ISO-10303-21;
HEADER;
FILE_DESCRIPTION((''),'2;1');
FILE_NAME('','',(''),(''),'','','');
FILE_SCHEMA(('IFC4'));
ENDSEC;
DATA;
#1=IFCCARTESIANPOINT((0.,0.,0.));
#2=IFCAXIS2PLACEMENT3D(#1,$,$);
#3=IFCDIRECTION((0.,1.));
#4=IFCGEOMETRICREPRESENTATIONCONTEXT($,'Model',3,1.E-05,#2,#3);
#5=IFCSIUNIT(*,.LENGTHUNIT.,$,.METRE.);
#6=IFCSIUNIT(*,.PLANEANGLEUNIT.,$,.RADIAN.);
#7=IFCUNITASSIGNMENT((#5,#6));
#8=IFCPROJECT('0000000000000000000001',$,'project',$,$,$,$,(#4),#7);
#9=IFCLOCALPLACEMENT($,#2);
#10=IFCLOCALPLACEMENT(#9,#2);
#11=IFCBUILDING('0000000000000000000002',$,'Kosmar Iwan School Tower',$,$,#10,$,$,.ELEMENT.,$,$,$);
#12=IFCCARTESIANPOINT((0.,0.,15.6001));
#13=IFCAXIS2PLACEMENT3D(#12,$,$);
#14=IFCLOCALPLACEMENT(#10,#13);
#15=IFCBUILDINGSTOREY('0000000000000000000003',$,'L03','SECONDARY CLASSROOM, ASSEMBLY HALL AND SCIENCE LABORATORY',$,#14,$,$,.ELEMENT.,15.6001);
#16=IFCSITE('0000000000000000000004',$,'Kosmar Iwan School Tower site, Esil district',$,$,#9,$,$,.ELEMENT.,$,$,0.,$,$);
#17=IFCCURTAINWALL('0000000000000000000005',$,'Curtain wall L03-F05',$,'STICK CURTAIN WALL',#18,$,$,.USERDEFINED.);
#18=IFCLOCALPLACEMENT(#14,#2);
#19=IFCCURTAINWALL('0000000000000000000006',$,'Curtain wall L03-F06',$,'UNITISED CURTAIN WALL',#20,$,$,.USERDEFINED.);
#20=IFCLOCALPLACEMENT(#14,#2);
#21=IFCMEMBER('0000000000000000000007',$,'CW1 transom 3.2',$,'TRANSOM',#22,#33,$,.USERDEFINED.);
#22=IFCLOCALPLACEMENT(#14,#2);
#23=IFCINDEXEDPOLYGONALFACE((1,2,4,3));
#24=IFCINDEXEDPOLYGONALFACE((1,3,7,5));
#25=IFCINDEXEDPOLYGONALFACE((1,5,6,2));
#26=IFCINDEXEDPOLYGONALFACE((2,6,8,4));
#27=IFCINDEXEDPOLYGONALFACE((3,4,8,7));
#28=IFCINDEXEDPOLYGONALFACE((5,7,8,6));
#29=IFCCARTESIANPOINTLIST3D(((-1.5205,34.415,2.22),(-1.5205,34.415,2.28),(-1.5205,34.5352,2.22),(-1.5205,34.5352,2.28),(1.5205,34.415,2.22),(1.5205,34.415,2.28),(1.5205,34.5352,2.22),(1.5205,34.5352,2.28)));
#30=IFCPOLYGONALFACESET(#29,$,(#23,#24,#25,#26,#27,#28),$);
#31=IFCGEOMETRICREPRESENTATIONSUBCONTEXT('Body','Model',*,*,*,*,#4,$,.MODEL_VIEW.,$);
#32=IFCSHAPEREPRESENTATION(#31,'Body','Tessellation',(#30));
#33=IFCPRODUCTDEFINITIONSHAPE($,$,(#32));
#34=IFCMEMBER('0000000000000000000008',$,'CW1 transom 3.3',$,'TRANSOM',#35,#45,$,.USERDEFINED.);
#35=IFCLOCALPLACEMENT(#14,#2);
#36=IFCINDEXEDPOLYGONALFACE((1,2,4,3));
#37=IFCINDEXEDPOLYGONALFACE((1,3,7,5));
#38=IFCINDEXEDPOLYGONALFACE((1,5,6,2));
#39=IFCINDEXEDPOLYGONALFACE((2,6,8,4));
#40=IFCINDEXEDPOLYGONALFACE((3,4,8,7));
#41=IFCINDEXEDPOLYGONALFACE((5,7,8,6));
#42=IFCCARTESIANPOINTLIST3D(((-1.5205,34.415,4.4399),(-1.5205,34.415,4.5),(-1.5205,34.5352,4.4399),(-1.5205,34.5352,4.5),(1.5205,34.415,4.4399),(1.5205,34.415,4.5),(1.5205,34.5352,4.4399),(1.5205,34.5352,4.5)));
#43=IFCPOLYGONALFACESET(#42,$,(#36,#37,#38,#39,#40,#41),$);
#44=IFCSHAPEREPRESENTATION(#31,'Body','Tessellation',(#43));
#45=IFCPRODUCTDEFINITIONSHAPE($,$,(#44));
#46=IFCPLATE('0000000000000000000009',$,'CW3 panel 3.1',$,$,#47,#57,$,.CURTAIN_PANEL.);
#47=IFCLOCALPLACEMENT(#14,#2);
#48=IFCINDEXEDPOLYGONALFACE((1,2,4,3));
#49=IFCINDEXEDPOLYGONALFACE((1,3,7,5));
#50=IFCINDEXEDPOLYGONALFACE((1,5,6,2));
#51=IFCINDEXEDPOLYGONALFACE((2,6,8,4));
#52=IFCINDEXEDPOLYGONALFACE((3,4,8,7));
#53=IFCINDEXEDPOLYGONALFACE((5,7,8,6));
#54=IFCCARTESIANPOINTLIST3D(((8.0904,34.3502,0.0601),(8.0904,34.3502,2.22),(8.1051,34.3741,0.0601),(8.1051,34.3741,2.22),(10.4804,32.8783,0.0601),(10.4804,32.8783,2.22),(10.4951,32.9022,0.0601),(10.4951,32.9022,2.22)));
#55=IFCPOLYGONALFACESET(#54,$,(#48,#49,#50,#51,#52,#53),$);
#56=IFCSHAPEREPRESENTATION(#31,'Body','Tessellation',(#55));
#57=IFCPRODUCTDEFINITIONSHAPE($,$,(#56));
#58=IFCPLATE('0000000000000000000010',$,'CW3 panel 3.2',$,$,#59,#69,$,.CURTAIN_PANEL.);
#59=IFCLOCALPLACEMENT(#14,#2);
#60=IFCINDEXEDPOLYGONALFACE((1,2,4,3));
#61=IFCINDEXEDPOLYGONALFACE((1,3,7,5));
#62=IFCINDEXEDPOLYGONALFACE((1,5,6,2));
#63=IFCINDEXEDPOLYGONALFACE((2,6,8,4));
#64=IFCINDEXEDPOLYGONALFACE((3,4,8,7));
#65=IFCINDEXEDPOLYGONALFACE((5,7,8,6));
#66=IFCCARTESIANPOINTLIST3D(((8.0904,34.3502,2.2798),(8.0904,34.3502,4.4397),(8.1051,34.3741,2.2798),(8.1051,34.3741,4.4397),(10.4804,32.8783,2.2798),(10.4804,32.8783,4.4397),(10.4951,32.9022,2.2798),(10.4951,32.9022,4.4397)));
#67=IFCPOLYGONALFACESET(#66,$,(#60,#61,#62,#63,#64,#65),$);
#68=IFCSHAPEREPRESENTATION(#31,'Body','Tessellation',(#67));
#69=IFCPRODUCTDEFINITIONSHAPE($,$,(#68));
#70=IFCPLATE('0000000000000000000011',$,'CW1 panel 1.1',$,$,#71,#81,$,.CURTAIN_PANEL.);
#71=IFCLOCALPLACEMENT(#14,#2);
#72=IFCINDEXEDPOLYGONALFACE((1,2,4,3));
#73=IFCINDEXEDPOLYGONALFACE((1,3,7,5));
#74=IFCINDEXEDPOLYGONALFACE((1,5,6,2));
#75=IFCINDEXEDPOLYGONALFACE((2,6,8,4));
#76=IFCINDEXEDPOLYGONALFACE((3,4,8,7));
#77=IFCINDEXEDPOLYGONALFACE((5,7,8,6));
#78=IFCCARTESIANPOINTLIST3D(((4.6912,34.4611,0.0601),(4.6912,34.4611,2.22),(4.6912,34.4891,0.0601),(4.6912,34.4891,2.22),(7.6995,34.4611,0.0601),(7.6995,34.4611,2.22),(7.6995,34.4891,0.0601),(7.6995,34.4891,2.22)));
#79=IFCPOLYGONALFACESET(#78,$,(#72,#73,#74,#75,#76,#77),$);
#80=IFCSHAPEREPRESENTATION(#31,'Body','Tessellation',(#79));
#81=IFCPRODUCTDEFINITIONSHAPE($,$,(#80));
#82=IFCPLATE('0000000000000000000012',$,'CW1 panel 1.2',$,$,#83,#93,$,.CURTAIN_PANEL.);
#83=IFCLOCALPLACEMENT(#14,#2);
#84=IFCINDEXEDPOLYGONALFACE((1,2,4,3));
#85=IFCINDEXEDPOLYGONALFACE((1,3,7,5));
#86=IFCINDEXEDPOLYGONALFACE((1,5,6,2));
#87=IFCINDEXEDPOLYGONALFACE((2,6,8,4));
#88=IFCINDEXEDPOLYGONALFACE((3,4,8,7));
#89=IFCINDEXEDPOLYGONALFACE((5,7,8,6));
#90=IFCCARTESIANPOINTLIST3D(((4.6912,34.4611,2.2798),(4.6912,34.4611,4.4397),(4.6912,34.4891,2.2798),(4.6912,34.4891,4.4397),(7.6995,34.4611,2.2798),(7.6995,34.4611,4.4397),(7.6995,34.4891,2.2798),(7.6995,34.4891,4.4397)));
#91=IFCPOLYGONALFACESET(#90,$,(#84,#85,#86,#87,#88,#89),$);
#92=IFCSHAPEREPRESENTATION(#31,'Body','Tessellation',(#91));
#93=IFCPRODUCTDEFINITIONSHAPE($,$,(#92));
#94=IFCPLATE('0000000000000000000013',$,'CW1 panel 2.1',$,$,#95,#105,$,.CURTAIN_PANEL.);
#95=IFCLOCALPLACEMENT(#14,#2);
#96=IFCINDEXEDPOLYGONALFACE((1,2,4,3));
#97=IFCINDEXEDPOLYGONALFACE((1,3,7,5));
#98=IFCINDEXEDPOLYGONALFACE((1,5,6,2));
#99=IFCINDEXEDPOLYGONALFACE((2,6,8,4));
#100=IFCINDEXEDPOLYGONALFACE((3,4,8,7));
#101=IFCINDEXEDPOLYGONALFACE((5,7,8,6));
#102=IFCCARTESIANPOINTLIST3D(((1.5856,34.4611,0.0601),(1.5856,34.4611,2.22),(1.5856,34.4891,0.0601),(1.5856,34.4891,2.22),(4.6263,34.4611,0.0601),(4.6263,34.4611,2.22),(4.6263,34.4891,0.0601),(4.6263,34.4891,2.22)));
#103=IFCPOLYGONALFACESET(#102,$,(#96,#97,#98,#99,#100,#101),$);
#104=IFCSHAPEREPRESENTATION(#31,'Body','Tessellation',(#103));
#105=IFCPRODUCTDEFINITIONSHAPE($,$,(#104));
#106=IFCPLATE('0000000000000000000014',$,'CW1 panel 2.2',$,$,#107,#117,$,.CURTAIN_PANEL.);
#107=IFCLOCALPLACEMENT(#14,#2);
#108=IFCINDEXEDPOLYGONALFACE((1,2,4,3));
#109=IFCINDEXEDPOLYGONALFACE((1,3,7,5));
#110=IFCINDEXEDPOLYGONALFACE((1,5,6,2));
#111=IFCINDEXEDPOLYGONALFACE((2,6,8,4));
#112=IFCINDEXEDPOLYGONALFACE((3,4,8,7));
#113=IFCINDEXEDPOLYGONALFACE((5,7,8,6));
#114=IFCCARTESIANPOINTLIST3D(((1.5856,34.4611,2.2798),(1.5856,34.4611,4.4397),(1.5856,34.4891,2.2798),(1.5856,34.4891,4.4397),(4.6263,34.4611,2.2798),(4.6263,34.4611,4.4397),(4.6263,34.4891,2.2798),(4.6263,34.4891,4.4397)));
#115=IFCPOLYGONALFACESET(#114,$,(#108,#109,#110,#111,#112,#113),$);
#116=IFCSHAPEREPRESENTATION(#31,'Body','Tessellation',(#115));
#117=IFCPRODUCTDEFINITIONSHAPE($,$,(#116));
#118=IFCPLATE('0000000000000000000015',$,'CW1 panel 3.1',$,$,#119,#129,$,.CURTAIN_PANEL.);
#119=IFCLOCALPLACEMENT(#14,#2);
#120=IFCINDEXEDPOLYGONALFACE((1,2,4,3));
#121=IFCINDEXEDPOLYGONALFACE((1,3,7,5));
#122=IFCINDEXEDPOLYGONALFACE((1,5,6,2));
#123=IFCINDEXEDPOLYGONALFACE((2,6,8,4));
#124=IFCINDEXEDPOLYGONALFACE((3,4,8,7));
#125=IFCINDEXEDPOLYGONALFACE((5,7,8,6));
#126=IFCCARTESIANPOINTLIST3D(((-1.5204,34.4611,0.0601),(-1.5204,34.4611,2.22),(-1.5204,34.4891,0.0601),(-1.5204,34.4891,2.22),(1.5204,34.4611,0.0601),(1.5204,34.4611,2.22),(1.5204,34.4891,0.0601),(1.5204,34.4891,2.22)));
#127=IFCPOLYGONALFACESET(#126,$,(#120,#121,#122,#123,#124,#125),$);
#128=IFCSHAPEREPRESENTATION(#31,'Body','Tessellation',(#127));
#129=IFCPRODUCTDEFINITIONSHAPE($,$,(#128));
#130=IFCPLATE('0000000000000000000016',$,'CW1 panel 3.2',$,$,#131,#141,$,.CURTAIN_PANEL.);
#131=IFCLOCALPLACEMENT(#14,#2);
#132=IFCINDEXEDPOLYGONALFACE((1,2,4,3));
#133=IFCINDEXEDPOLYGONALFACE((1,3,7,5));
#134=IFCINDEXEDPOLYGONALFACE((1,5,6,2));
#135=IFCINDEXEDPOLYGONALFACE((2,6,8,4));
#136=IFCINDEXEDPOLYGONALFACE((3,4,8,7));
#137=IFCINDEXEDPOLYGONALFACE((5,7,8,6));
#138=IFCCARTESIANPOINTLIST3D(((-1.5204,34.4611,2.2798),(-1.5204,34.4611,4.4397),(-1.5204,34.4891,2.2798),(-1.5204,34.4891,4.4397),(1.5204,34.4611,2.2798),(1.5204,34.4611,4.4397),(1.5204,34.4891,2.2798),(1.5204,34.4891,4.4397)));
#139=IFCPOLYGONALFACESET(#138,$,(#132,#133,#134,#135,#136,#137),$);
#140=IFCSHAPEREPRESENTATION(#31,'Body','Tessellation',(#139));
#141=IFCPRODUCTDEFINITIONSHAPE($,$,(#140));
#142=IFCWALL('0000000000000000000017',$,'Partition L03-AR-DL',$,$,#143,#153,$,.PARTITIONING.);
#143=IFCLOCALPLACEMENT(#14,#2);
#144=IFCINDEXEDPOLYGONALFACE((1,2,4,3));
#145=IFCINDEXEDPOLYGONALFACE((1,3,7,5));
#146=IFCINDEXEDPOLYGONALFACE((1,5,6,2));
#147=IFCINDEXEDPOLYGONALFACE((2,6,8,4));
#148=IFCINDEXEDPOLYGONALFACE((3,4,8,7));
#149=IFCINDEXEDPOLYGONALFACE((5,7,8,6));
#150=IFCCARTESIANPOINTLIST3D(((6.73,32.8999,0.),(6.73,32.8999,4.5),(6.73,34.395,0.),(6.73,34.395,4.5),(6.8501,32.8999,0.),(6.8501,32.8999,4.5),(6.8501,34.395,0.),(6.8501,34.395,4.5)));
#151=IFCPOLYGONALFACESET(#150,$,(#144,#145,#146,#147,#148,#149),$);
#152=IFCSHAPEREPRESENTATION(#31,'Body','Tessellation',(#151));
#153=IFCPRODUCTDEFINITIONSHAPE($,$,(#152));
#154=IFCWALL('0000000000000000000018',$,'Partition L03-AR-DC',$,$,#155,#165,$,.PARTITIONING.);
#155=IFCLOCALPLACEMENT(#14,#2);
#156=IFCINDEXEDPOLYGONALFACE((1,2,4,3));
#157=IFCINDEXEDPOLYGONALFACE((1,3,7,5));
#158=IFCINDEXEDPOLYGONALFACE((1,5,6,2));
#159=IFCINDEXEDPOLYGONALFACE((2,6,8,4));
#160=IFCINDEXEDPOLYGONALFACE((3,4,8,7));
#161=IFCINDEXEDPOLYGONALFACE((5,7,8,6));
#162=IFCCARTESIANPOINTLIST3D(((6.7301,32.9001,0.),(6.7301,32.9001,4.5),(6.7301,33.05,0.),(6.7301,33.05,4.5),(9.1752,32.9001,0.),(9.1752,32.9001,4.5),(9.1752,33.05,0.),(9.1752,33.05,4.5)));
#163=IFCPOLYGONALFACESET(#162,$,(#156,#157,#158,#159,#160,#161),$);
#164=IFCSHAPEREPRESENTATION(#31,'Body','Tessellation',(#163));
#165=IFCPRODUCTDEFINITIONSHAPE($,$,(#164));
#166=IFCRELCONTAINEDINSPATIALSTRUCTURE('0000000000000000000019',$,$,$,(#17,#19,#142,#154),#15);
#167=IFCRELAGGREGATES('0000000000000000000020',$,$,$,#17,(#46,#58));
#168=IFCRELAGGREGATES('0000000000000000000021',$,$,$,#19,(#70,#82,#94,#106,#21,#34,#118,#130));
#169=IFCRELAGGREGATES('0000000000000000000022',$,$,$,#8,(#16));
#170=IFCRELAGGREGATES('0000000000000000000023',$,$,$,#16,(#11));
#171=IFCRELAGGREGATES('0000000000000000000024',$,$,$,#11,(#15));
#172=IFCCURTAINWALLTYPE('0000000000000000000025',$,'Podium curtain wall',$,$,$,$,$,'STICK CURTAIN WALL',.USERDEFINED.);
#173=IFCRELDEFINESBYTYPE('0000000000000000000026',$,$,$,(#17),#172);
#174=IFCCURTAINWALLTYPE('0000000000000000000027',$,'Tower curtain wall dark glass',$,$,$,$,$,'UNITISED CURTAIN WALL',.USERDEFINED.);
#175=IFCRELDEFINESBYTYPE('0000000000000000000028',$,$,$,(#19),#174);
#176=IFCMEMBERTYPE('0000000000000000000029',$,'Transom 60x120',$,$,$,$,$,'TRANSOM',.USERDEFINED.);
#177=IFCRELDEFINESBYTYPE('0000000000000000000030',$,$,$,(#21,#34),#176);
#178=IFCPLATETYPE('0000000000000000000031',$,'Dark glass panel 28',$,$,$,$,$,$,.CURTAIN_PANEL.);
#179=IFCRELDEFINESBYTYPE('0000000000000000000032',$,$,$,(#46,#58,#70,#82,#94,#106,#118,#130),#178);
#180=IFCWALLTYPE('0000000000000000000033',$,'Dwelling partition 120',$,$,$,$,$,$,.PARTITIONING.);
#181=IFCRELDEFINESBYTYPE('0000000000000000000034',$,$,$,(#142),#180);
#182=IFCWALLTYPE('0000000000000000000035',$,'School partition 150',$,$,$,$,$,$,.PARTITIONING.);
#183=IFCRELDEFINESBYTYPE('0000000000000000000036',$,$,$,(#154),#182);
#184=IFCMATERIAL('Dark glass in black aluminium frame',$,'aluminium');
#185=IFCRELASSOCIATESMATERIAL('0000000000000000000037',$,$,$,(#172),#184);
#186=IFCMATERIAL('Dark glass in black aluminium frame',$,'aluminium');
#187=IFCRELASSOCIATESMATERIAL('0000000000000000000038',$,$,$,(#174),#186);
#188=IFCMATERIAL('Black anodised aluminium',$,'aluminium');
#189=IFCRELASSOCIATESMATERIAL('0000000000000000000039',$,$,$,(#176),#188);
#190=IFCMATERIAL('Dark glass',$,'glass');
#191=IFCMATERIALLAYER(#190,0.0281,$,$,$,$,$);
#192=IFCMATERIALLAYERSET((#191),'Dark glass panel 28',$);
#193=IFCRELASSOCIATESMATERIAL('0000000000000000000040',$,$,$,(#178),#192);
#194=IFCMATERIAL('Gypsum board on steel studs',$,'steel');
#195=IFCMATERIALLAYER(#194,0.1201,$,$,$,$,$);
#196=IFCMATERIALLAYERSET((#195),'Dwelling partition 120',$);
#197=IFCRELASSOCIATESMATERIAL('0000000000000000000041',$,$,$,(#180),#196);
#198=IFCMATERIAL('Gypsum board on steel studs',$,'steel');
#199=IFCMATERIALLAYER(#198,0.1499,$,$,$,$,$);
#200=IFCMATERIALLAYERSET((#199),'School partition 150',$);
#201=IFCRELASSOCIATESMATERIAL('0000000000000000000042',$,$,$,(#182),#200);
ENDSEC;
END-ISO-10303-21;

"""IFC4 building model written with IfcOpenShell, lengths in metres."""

from ifc_helpers import new_model, si_unit, direction, frame, frame_2d, origin, origin_2d, place, context, subcontext, project, spatial, rectangle, extrude, material, layer, layer_set, material_profile, profile_set, type_object, element, aggregate, save


model = new_model("IFC4")

# Units and contexts
model_context = context("Model", 3, precision=1e-05, world=origin(), true_north=direction((0.0, 1.0)))
body_context = subcontext(model_context, "Body", "Model", "MODEL_VIEW")
ifc_project = project(units=[si_unit("LENGTHUNIT", "METRE"), si_unit("PLANEANGLEUNIT", "RADIAN")], contexts=[model_context])

# Site, building, storey
site_placement = place(None, origin())
site = spatial("IfcSite", under=ifc_project, at=site_placement, Name="Kosmar Iwan School Tower site, Esil district", CompositionType="ELEMENT", RefElevation=0.0)
building_placement = place(site_placement, origin())
building = spatial("IfcBuilding", under=site, at=building_placement, Name="Kosmar Iwan School Tower", CompositionType="ELEMENT")
storey_placement = place(building_placement, frame((0.0, 0.0, 15.6001)))
storey = spatial("IfcBuildingStorey", under=building, at=storey_placement, Name="L03", Description="SECONDARY CLASSROOM, ASSEMBLY HALL AND SCIENCE LABORATORY", CompositionType="ELEMENT", Elevation=15.6001)

# Curtain wall
ifc_material_1 = material(Name="Dark glass in black aluminium frame", Category="aluminium")
curtain_wall_type_1 = type_object("IfcCurtainWallType", Name="Podium curtain wall", ElementType="STICK CURTAIN WALL", PredefinedType="USERDEFINED", material=ifc_material_1)
curtain_wall_1_placement = place(storey_placement, origin())
curtain_wall_1 = element("IfcCurtainWall", 1, at=curtain_wall_1_placement, inside=storey, type_object=curtain_wall_type_1, Name="Curtain wall L03-F05", ObjectType="STICK CURTAIN WALL", PredefinedType="USERDEFINED")

# Curtain wall
ifc_material_2 = material(Name="Dark glass in black aluminium frame", Category="aluminium")
curtain_wall_type_2 = type_object("IfcCurtainWallType", Name="Tower curtain wall dark glass", ElementType="UNITISED CURTAIN WALL", PredefinedType="USERDEFINED", material=ifc_material_2)
curtain_wall_2_placement = place(storey_placement, origin())
curtain_wall_2 = element("IfcCurtainWall", 2, at=curtain_wall_2_placement, inside=storey, type_object=curtain_wall_type_2, Name="Curtain wall L03-F06", ObjectType="UNITISED CURTAIN WALL", PredefinedType="USERDEFINED")

# Members
ifc_material_3 = material(Name="Black anodised aluminium", Category="aluminium")
ifc_material_profile_1 = material_profile(ifc_material_3, rectangle(XDim=0.1201, YDim=0.0601, at=origin_2d()), Name="TRANSOM 60x120")
ifc_profile_set_1 = profile_set([ifc_material_profile_1], Name="Black anodised aluminium")
member_type_1 = type_object("IfcMemberType", Name="Transom 60x120", ElementType="TRANSOM", PredefinedType="USERDEFINED", material=ifc_profile_set_1)
member_1_placement = place(storey_placement, frame((1.5205, 34.4751, 2.25), z_axis=(-1.0, 0.0, 0.0), x_axis=(0.0, -1.0, 0.0)))
member_1 = element("IfcMember", 3, at=member_1_placement, type_object=member_type_1, Name="CW1 transom 3.2", ObjectType="TRANSOM", PredefinedType="USERDEFINED", context=body_context, shape_type="SweptSolid", body=[
    extrude(rectangle(XDim=0.1201, YDim=0.0601, at=origin_2d()), origin(), (0.0, 0.0, 1.0), 3.041),
])
member_2_placement = place(storey_placement, frame((1.5205, 34.4751, 4.47), z_axis=(-1.0, 0.0, 0.0), x_axis=(0.0, -1.0, 0.0)))
member_2 = element("IfcMember", 4, at=member_2_placement, type_object=member_type_1, Name="CW1 transom 3.3", ObjectType="TRANSOM", PredefinedType="USERDEFINED", context=body_context, shape_type="SweptSolid", body=[
    extrude(rectangle(XDim=0.1201, YDim=0.0601, at=origin_2d()), origin(), (0.0, 0.0, 1.0), 3.041),
])

# Plates
ifc_material_4 = material(Name="Dark glass", Category="glass")
ifc_layer_1 = layer(ifc_material_4, 0.0281)
ifc_layer_set_1 = layer_set([ifc_layer_1], Name="Dark glass panel 28")
plate_type = type_object("IfcPlateType", Name="Dark glass panel 28", PredefinedType="CURTAIN_PANEL", material=ifc_layer_set_1)
plate_1_placement = place(storey_placement, frame((9.2927, 33.6262, 0.0601), z_axis=(0.0, 0.0, 1.0), x_axis=(-0.851483, 0.524382, 0.0)))
plate_1 = element("IfcPlate", 5, at=plate_1_placement, type_object=plate_type, Name="CW3 panel 3.1", PredefinedType="CURTAIN_PANEL", context=body_context, shape_type="SweptSolid", body=[
    extrude(rectangle(XDim=2.8069, YDim=0.0281, at=origin_2d()), origin(), (0.0, 0.0, 1.0), 2.1599),
])
plate_2_placement = place(storey_placement, frame((9.2927, 33.6262, 2.2798), z_axis=(0.0, 0.0, 1.0), x_axis=(-0.851483, 0.524382, 0.0)))
plate_2 = element("IfcPlate", 6, at=plate_2_placement, type_object=plate_type, Name="CW3 panel 3.2", PredefinedType="CURTAIN_PANEL", context=body_context, shape_type="SweptSolid", body=[
    extrude(rectangle(XDim=2.8069, YDim=0.0281, at=origin_2d()), origin(), (0.0, 0.0, 1.0), 2.1599),
])
aggregate(curtain_wall_1, [plate_1, plate_2])
plate_3_placement = place(storey_placement, frame((6.1953, 34.4751, 0.0601), z_axis=(0.0, 0.0, 1.0), x_axis=(-1.0, 0.0, 0.0)))
plate_3 = element("IfcPlate", 7, at=plate_3_placement, type_object=plate_type, Name="CW1 panel 1.1", PredefinedType="CURTAIN_PANEL", context=body_context, shape_type="SweptSolid", body=[
    extrude(rectangle(XDim=3.0083, YDim=0.0281, at=origin_2d()), origin(), (0.0, 0.0, 1.0), 2.1599),
])
plate_4_placement = place(storey_placement, frame((6.1953, 34.4751, 2.2798), z_axis=(0.0, 0.0, 1.0), x_axis=(-1.0, 0.0, 0.0)))
plate_4 = element("IfcPlate", 8, at=plate_4_placement, type_object=plate_type, Name="CW1 panel 1.2", PredefinedType="CURTAIN_PANEL", context=body_context, shape_type="SweptSolid", body=[
    extrude(rectangle(XDim=3.0083, YDim=0.0281, at=origin_2d()), origin(), (0.0, 0.0, 1.0), 2.1599),
])
plate_5_placement = place(storey_placement, frame((3.106, 34.4751, 0.0601), z_axis=(0.0, 0.0, 1.0), x_axis=(-1.0, 0.0, 0.0)))
plate_5 = element("IfcPlate", 9, at=plate_5_placement, type_object=plate_type, Name="CW1 panel 2.1", PredefinedType="CURTAIN_PANEL", context=body_context, shape_type="SweptSolid", body=[
    extrude(rectangle(XDim=3.0408, YDim=0.0281, at=origin_2d()), origin(), (0.0, 0.0, 1.0), 2.1599),
])
plate_6_placement = place(storey_placement, frame((3.106, 34.4751, 2.2798), z_axis=(0.0, 0.0, 1.0), x_axis=(-1.0, 0.0, 0.0)))
plate_6 = element("IfcPlate", 10, at=plate_6_placement, type_object=plate_type, Name="CW1 panel 2.2", PredefinedType="CURTAIN_PANEL", context=body_context, shape_type="SweptSolid", body=[
    extrude(rectangle(XDim=3.0408, YDim=0.0281, at=origin_2d()), origin(), (0.0, 0.0, 1.0), 2.1599),
])
plate_7_placement = place(storey_placement, frame((0.0, 34.4751, 0.0601), z_axis=(0.0, 0.0, 1.0), x_axis=(-1.0, 0.0, 0.0)))
plate_7 = element("IfcPlate", 11, at=plate_7_placement, type_object=plate_type, Name="CW1 panel 3.1", PredefinedType="CURTAIN_PANEL", context=body_context, shape_type="SweptSolid", body=[
    extrude(rectangle(XDim=3.0408, YDim=0.0281, at=origin_2d()), origin(), (0.0, 0.0, 1.0), 2.1599),
])
plate_8_placement = place(storey_placement, frame((0.0, 34.4751, 2.2798), z_axis=(0.0, 0.0, 1.0), x_axis=(-1.0, 0.0, 0.0)))
plate_8 = element("IfcPlate", 12, at=plate_8_placement, type_object=plate_type, Name="CW1 panel 3.2", PredefinedType="CURTAIN_PANEL", context=body_context, shape_type="SweptSolid", body=[
    extrude(rectangle(XDim=3.0408, YDim=0.0281, at=origin_2d()), origin(), (0.0, 0.0, 1.0), 2.1599),
])
aggregate(curtain_wall_2, [plate_3, plate_4, plate_5, plate_6, member_1, member_2, plate_7, plate_8])

# Walls
ifc_material_5 = material(Name="Gypsum board on steel studs", Category="steel")
ifc_layer_2 = layer(ifc_material_5, 0.1201)
ifc_layer_set_2 = layer_set([ifc_layer_2], Name="Dwelling partition 120")
wall_type_1 = type_object("IfcWallType", Name="Dwelling partition 120", PredefinedType="PARTITIONING", material=ifc_layer_set_2)
wall_1_placement = place(storey_placement, frame((6.79, 32.8999, 0.0), z_axis=(0.0, 0.0, 1.0), x_axis=(0.0, 1.0, 0.0)))
element("IfcWall", 13, at=wall_1_placement, inside=storey, type_object=wall_type_1, Name="Partition L03-AR-DL", PredefinedType="PARTITIONING", context=body_context, shape_type="SweptSolid", body=[
    extrude(rectangle(XDim=1.4951, YDim=0.1201, at=frame_2d((0.7476, 0.0))), origin(), (0.0, 0.0, 1.0), 4.5),
])
ifc_material_6 = material(Name="Gypsum board on steel studs", Category="steel")
ifc_layer_3 = layer(ifc_material_6, 0.1499)
ifc_layer_set_3 = layer_set([ifc_layer_3], Name="School partition 150")
wall_type_2 = type_object("IfcWallType", Name="School partition 150", PredefinedType="PARTITIONING", material=ifc_layer_set_3)
wall_2_placement = place(storey_placement, frame((6.73, 32.9751, 0.0), z_axis=(0.0, 0.0, 1.0), x_axis=(1.0, 0.0, 0.0)))
element("IfcWall", 14, at=wall_2_placement, inside=storey, type_object=wall_type_2, Name="Partition L03-AR-DC", PredefinedType="PARTITIONING", context=body_context, shape_type="SweptSolid", body=[
    extrude(rectangle(XDim=2.4451, YDim=0.1499, at=frame_2d((1.2227, 0.0))), origin(), (0.0, 0.0, 1.0), 4.5),
])

save(model, "model.ifc")
